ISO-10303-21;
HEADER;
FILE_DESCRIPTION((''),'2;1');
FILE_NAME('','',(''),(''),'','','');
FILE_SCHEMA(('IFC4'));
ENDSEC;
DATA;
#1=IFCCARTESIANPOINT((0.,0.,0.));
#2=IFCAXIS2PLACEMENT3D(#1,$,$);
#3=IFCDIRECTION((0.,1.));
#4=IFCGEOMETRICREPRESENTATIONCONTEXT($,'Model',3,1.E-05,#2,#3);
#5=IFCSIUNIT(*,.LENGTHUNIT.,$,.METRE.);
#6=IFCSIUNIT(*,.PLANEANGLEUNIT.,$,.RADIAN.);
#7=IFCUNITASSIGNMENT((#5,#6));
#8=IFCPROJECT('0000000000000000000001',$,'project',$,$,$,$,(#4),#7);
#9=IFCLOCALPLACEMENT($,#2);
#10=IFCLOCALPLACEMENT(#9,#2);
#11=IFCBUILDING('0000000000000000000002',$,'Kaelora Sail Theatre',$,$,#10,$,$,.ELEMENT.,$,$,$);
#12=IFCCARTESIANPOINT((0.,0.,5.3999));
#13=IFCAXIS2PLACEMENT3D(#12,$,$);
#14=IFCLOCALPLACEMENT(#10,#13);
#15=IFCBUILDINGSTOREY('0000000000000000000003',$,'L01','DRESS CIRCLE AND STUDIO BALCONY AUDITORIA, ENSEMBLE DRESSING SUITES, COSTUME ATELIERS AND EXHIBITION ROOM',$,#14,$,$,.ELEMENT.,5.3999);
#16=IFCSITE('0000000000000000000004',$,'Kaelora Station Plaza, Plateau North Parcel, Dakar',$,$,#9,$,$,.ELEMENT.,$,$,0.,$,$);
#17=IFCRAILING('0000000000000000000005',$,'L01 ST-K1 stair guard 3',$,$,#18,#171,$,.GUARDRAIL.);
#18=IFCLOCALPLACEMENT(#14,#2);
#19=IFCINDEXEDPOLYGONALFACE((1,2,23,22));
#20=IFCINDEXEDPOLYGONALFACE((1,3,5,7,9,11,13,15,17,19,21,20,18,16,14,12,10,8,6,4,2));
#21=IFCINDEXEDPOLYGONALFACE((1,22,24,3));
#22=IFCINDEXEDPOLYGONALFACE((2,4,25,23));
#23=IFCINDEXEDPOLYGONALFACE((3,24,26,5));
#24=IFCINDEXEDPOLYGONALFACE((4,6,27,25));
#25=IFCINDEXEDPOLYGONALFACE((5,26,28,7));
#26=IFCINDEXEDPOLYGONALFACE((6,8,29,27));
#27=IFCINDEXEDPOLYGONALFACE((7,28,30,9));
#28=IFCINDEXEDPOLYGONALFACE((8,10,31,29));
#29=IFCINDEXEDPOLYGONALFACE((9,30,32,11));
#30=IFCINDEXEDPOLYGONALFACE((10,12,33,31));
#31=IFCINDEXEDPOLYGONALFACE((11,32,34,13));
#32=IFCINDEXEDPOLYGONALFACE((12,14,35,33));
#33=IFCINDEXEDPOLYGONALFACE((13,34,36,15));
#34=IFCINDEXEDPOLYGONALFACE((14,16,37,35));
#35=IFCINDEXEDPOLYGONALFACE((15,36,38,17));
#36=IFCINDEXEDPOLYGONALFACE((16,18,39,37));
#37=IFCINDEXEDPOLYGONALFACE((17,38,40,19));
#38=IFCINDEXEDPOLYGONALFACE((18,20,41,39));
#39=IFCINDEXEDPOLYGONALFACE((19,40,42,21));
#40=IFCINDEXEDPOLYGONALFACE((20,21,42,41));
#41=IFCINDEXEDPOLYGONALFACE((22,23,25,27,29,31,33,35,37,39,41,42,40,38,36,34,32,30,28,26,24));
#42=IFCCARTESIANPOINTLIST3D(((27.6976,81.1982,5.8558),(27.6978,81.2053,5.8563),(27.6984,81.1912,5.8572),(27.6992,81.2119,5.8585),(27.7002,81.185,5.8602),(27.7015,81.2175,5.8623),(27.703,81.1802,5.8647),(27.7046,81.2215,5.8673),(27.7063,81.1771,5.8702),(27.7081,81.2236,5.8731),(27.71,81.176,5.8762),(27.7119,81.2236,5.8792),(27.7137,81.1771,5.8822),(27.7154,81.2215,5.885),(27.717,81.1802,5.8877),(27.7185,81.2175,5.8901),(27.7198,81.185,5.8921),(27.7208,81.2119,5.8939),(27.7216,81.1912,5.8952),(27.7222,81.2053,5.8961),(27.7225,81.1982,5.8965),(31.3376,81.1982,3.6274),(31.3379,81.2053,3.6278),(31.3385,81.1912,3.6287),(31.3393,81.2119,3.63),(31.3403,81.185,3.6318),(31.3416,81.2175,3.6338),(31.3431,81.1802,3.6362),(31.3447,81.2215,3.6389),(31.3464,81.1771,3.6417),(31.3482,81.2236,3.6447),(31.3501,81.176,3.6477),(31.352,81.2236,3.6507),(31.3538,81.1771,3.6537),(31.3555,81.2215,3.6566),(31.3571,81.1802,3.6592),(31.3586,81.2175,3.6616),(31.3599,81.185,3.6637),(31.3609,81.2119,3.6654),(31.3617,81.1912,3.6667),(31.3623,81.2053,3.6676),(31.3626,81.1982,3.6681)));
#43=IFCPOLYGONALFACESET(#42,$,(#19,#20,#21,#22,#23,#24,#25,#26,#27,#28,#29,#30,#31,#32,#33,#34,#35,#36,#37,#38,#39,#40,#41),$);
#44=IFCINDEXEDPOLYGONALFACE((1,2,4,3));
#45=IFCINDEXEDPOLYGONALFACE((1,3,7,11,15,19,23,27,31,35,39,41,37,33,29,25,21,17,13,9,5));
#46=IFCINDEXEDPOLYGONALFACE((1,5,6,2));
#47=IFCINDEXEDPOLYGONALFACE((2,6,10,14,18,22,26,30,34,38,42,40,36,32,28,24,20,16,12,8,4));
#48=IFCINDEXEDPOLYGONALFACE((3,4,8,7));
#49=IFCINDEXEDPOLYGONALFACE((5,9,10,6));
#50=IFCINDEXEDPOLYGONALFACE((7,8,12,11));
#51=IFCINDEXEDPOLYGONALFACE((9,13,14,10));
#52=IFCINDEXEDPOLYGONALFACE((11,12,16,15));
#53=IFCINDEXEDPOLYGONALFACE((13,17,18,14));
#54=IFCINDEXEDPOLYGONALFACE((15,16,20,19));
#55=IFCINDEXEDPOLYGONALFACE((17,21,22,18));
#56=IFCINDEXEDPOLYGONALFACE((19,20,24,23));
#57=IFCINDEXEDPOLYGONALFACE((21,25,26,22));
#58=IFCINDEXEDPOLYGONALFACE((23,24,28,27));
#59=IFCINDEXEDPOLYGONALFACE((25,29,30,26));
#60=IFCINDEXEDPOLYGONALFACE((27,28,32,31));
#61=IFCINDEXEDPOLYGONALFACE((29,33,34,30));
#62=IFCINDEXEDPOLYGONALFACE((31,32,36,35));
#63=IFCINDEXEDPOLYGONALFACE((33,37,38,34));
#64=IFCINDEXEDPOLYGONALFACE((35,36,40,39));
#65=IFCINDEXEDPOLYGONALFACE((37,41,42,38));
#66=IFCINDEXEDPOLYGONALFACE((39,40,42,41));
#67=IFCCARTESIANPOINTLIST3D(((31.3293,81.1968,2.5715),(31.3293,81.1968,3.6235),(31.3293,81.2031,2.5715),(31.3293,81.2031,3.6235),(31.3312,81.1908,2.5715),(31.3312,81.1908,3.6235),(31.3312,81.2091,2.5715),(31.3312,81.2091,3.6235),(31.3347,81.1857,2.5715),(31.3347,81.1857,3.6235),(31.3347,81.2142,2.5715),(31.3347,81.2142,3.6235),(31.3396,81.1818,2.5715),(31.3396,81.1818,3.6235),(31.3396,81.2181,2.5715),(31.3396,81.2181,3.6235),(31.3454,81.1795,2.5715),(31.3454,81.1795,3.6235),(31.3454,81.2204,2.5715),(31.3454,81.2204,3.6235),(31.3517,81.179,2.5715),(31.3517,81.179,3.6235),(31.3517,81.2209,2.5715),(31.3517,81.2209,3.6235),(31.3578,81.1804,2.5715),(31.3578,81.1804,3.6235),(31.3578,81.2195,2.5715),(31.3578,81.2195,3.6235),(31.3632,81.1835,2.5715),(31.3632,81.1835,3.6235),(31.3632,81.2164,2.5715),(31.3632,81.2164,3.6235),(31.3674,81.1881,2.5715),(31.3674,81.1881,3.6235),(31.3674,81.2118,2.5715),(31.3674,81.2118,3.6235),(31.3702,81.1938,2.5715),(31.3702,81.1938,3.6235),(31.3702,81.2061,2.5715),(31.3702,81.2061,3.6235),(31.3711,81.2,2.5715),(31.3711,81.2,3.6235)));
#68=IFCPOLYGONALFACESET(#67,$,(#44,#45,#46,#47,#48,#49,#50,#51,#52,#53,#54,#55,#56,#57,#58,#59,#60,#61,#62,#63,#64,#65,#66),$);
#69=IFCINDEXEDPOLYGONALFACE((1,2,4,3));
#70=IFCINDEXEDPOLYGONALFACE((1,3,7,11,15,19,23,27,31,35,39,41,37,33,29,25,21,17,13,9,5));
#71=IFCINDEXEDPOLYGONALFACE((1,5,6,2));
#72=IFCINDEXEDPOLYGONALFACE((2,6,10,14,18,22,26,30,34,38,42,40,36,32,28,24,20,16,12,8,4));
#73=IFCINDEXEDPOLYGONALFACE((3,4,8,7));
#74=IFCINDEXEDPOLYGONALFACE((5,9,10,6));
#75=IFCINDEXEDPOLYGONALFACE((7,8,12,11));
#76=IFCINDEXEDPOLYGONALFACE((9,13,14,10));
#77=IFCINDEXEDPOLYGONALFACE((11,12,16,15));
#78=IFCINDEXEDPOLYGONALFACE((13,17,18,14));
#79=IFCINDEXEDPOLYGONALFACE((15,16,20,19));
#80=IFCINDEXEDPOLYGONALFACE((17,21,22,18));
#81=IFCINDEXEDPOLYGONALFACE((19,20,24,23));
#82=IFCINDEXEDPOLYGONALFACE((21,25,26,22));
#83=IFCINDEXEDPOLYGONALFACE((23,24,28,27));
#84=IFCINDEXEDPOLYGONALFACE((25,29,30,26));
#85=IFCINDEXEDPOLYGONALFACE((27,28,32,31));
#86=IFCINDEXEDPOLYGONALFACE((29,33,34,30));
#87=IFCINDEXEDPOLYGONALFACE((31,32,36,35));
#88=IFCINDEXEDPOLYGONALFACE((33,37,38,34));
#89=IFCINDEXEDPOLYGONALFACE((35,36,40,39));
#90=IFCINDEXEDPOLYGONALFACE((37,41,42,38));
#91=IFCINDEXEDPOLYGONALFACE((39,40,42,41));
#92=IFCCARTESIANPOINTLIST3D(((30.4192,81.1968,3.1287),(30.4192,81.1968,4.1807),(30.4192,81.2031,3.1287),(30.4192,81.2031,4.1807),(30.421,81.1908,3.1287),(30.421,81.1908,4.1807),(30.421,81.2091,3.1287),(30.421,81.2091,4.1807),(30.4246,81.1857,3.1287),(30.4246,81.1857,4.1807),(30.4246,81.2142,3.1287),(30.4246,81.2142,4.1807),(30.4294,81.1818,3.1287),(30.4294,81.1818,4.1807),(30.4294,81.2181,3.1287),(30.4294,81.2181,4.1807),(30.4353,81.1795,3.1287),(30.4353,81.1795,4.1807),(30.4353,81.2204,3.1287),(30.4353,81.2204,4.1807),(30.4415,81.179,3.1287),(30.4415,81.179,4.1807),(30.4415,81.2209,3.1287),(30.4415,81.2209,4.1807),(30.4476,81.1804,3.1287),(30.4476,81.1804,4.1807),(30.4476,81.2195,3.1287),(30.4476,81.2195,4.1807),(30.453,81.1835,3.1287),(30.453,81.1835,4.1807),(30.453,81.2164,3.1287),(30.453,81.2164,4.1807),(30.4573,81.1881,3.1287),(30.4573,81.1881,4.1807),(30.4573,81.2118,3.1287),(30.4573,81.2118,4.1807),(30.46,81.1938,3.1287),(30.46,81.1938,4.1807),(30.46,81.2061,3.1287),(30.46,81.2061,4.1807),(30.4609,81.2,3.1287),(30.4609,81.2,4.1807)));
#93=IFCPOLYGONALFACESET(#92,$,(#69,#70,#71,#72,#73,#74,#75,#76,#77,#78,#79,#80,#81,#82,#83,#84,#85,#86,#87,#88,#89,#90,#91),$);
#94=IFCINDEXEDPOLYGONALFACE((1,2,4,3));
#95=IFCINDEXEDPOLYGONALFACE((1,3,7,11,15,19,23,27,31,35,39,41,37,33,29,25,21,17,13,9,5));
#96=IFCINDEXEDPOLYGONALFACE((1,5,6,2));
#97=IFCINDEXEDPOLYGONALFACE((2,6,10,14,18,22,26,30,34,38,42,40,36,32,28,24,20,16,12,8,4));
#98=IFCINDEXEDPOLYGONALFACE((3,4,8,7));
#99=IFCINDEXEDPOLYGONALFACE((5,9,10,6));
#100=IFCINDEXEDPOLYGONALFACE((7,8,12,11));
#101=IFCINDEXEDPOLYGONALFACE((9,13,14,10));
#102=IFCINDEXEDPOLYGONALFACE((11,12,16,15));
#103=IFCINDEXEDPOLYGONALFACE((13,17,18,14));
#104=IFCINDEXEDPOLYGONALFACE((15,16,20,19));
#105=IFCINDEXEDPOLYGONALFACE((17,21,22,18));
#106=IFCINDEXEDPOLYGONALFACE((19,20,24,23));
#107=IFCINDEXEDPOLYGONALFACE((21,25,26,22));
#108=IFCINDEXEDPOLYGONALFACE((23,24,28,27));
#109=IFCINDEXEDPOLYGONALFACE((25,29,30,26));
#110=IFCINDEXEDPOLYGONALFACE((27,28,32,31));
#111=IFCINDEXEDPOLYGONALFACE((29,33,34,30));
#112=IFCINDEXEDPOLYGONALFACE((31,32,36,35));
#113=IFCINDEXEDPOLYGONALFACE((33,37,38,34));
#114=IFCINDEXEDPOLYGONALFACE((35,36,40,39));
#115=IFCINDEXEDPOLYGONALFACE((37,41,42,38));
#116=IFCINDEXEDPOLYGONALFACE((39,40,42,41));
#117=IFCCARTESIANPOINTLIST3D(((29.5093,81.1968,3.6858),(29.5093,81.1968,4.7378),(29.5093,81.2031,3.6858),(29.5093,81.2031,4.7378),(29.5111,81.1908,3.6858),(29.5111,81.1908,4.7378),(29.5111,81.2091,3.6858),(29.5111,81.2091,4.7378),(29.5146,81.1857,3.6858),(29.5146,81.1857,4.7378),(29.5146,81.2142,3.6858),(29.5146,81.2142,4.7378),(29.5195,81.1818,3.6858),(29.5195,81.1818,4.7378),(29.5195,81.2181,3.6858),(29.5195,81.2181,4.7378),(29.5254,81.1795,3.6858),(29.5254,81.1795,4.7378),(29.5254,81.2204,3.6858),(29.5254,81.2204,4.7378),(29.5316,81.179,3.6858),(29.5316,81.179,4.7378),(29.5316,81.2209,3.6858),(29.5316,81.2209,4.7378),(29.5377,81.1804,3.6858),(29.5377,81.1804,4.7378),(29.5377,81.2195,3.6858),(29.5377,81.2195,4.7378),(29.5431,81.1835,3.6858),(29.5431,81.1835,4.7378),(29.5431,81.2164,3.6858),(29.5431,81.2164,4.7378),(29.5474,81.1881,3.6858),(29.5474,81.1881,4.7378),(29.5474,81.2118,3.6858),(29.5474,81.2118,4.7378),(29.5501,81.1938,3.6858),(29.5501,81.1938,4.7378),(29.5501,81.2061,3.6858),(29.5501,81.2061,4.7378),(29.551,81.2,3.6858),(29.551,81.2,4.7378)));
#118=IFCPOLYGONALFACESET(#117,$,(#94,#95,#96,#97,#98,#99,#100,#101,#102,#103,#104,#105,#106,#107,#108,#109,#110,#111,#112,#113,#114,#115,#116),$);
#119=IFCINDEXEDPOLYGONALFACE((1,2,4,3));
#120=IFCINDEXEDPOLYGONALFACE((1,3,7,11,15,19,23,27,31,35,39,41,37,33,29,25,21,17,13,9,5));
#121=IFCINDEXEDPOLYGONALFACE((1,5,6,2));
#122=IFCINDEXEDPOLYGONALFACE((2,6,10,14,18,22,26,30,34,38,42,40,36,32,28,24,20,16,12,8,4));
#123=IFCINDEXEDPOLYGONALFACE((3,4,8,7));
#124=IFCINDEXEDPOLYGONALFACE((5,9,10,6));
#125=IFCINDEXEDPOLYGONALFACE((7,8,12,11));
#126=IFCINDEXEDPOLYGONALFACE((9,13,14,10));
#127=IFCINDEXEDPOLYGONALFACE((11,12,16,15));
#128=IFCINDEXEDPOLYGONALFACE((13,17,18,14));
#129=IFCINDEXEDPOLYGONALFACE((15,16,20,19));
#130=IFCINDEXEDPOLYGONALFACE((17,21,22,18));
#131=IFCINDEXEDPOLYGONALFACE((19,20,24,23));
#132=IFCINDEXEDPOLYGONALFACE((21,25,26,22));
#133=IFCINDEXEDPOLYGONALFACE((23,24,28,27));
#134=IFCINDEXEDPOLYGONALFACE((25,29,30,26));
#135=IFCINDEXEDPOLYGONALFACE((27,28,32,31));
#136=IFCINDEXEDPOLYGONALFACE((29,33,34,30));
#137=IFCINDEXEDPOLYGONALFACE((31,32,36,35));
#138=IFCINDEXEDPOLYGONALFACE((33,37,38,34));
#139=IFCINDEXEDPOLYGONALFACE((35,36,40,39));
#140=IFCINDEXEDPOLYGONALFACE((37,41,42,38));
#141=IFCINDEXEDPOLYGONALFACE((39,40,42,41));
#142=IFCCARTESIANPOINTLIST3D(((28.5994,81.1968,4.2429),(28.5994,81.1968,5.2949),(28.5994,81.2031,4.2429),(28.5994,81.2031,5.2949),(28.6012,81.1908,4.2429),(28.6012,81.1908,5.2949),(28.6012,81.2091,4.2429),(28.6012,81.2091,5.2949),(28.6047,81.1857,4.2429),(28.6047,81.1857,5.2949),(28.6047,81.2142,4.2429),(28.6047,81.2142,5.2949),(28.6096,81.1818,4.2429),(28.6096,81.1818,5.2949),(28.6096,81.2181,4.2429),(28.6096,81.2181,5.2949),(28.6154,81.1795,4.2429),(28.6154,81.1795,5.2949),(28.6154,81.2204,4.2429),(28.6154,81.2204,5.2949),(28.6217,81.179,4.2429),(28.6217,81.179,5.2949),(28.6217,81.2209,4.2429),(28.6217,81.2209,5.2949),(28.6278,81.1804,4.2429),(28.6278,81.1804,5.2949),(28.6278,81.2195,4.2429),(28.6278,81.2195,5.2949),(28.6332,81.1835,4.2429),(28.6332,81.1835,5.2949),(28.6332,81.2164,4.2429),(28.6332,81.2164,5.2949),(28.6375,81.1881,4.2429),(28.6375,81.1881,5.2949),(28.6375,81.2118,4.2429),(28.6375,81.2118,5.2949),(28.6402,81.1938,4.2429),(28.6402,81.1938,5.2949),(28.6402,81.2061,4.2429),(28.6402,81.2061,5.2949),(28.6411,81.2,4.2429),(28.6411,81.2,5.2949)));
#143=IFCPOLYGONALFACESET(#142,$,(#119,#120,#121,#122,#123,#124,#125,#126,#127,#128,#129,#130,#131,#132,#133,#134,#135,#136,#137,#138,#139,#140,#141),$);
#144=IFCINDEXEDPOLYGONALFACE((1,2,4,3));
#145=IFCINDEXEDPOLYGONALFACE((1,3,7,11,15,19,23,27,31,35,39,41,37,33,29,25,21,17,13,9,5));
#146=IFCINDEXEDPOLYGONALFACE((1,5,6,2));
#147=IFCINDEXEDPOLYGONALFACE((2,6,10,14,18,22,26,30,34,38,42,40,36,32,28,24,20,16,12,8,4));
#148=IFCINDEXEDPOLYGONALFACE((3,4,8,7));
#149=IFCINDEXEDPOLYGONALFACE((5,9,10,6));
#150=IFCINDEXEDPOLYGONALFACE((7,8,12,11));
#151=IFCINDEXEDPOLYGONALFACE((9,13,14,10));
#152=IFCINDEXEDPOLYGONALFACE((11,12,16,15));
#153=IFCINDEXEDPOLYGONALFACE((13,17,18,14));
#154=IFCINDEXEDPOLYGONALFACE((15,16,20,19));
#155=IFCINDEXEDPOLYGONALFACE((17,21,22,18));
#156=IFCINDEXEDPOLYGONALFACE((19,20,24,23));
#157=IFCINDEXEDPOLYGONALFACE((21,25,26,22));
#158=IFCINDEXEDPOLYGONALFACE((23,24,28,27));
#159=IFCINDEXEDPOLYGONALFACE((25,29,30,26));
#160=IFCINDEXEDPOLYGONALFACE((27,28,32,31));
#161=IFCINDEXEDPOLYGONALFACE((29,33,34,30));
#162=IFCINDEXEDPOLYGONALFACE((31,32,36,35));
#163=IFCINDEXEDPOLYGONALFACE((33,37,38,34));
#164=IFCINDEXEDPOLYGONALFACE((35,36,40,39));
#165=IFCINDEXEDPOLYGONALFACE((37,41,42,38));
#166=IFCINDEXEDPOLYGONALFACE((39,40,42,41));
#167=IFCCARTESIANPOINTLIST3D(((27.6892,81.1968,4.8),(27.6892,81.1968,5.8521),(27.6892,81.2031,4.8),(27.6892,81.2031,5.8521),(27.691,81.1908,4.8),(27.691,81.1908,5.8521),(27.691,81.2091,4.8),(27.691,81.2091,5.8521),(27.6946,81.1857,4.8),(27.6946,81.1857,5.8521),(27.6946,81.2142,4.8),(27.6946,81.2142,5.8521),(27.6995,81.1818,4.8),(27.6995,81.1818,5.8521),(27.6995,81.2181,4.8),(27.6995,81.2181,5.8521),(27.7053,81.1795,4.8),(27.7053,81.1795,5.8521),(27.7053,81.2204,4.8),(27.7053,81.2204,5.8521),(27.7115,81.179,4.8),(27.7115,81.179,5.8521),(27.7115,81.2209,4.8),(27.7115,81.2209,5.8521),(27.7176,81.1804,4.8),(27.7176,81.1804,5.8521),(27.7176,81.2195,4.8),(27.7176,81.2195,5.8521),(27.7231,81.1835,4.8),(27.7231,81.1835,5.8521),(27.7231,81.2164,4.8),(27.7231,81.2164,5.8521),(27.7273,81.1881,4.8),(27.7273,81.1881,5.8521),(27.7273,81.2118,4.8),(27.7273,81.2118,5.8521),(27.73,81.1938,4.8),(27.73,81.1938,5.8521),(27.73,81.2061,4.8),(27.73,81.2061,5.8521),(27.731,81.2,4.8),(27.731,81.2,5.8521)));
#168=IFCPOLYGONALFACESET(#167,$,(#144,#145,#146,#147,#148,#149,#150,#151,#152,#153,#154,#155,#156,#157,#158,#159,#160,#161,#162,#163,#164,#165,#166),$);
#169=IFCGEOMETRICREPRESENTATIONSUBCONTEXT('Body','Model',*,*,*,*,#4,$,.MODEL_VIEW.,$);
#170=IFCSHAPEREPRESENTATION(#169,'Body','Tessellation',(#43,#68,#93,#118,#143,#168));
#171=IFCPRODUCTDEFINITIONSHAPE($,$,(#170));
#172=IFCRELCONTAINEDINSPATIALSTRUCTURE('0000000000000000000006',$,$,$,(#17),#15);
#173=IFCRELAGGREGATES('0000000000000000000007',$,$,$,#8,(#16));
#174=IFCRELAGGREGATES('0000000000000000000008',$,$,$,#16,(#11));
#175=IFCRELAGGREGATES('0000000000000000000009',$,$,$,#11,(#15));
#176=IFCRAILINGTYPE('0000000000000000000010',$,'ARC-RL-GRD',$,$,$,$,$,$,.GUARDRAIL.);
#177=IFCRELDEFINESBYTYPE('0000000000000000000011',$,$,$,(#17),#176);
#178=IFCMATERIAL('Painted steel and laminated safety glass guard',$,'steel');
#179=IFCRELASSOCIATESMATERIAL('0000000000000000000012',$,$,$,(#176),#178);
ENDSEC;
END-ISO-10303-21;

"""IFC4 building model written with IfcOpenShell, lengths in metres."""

from ifc_helpers import new_model, si_unit, direction, frame, origin, origin_2d, place, context, subcontext, project, spatial, circle, extrude, material, type_object, element, save


model = new_model("IFC4")

# Units and contexts
model_context = context("Model", 3, precision=1e-05, world=origin(), true_north=direction((0.0, 1.0)))
body_context = subcontext(model_context, "Body", "Model", "MODEL_VIEW")
ifc_project = project(units=[si_unit("LENGTHUNIT", "METRE"), si_unit("PLANEANGLEUNIT", "RADIAN")], contexts=[model_context])

# Site, building, storey
site_placement = place(None, origin())
site = spatial("IfcSite", under=ifc_project, at=site_placement, Name="Kaelora Station Plaza, Plateau North Parcel, Dakar", CompositionType="ELEMENT", RefElevation=0.0)
building_placement = place(site_placement, origin())
building = spatial("IfcBuilding", under=site, at=building_placement, Name="Kaelora Sail Theatre", CompositionType="ELEMENT")
storey_placement = place(building_placement, frame((0.0, 0.0, 5.3999)))
storey = spatial("IfcBuildingStorey", under=building, at=storey_placement, Name="L01", Description="DRESS CIRCLE AND STUDIO BALCONY AUDITORIA, ENSEMBLE DRESSING SUITES, COSTUME ATELIERS AND EXHIBITION ROOM", CompositionType="ELEMENT", Elevation=5.3999)

# Railing
ifc_material_1 = material(Name="Painted steel and laminated safety glass guard", Category="steel")
railing_type_1 = type_object("IfcRailingType", Name="ARC-RL-GRD", PredefinedType="GUARDRAIL", material=ifc_material_1)
railing_1_placement = place(storey_placement, frame((31.3501, 81.2, 2.5715)))
element("IfcRailing", 1, at=railing_1_placement, inside=storey, type_object=railing_type_1, Name="L01 ST-K1 stair guard 3", PredefinedType="GUARDRAIL", context=body_context, shape_type="SweptSolid", body=[
    extrude(circle(Radius=0.0239, at=origin_2d()), frame((0.0, 0.0, 1.0762), z_axis=(-0.852866, 0.0, 0.52213), x_axis=(0.0, -1.0, 0.0)), (0.0, 0.0, 1.0), 4.2681),
    extrude(circle(Radius=0.021, at=origin_2d()), origin(), (0.0, 0.0, 1.0), 1.052),
    extrude(circle(Radius=0.021, at=origin_2d()), frame((-0.9102, 0.0, 0.5571)), (0.0, 0.0, 1.0), 1.052),
    extrude(circle(Radius=0.021, at=origin_2d()), frame((-1.8201, 0.0, 1.1143)), (0.0, 0.0, 1.0), 1.052),
    extrude(circle(Radius=0.021, at=origin_2d()), frame((-2.73, 0.0, 1.6714)), (0.0, 0.0, 1.0), 1.052),
    extrude(circle(Radius=0.021, at=origin_2d()), frame((-3.6401, 0.0, 2.2285)), (0.0, 0.0, 1.0), 1.052),
])

save(model, "model.ifc")
